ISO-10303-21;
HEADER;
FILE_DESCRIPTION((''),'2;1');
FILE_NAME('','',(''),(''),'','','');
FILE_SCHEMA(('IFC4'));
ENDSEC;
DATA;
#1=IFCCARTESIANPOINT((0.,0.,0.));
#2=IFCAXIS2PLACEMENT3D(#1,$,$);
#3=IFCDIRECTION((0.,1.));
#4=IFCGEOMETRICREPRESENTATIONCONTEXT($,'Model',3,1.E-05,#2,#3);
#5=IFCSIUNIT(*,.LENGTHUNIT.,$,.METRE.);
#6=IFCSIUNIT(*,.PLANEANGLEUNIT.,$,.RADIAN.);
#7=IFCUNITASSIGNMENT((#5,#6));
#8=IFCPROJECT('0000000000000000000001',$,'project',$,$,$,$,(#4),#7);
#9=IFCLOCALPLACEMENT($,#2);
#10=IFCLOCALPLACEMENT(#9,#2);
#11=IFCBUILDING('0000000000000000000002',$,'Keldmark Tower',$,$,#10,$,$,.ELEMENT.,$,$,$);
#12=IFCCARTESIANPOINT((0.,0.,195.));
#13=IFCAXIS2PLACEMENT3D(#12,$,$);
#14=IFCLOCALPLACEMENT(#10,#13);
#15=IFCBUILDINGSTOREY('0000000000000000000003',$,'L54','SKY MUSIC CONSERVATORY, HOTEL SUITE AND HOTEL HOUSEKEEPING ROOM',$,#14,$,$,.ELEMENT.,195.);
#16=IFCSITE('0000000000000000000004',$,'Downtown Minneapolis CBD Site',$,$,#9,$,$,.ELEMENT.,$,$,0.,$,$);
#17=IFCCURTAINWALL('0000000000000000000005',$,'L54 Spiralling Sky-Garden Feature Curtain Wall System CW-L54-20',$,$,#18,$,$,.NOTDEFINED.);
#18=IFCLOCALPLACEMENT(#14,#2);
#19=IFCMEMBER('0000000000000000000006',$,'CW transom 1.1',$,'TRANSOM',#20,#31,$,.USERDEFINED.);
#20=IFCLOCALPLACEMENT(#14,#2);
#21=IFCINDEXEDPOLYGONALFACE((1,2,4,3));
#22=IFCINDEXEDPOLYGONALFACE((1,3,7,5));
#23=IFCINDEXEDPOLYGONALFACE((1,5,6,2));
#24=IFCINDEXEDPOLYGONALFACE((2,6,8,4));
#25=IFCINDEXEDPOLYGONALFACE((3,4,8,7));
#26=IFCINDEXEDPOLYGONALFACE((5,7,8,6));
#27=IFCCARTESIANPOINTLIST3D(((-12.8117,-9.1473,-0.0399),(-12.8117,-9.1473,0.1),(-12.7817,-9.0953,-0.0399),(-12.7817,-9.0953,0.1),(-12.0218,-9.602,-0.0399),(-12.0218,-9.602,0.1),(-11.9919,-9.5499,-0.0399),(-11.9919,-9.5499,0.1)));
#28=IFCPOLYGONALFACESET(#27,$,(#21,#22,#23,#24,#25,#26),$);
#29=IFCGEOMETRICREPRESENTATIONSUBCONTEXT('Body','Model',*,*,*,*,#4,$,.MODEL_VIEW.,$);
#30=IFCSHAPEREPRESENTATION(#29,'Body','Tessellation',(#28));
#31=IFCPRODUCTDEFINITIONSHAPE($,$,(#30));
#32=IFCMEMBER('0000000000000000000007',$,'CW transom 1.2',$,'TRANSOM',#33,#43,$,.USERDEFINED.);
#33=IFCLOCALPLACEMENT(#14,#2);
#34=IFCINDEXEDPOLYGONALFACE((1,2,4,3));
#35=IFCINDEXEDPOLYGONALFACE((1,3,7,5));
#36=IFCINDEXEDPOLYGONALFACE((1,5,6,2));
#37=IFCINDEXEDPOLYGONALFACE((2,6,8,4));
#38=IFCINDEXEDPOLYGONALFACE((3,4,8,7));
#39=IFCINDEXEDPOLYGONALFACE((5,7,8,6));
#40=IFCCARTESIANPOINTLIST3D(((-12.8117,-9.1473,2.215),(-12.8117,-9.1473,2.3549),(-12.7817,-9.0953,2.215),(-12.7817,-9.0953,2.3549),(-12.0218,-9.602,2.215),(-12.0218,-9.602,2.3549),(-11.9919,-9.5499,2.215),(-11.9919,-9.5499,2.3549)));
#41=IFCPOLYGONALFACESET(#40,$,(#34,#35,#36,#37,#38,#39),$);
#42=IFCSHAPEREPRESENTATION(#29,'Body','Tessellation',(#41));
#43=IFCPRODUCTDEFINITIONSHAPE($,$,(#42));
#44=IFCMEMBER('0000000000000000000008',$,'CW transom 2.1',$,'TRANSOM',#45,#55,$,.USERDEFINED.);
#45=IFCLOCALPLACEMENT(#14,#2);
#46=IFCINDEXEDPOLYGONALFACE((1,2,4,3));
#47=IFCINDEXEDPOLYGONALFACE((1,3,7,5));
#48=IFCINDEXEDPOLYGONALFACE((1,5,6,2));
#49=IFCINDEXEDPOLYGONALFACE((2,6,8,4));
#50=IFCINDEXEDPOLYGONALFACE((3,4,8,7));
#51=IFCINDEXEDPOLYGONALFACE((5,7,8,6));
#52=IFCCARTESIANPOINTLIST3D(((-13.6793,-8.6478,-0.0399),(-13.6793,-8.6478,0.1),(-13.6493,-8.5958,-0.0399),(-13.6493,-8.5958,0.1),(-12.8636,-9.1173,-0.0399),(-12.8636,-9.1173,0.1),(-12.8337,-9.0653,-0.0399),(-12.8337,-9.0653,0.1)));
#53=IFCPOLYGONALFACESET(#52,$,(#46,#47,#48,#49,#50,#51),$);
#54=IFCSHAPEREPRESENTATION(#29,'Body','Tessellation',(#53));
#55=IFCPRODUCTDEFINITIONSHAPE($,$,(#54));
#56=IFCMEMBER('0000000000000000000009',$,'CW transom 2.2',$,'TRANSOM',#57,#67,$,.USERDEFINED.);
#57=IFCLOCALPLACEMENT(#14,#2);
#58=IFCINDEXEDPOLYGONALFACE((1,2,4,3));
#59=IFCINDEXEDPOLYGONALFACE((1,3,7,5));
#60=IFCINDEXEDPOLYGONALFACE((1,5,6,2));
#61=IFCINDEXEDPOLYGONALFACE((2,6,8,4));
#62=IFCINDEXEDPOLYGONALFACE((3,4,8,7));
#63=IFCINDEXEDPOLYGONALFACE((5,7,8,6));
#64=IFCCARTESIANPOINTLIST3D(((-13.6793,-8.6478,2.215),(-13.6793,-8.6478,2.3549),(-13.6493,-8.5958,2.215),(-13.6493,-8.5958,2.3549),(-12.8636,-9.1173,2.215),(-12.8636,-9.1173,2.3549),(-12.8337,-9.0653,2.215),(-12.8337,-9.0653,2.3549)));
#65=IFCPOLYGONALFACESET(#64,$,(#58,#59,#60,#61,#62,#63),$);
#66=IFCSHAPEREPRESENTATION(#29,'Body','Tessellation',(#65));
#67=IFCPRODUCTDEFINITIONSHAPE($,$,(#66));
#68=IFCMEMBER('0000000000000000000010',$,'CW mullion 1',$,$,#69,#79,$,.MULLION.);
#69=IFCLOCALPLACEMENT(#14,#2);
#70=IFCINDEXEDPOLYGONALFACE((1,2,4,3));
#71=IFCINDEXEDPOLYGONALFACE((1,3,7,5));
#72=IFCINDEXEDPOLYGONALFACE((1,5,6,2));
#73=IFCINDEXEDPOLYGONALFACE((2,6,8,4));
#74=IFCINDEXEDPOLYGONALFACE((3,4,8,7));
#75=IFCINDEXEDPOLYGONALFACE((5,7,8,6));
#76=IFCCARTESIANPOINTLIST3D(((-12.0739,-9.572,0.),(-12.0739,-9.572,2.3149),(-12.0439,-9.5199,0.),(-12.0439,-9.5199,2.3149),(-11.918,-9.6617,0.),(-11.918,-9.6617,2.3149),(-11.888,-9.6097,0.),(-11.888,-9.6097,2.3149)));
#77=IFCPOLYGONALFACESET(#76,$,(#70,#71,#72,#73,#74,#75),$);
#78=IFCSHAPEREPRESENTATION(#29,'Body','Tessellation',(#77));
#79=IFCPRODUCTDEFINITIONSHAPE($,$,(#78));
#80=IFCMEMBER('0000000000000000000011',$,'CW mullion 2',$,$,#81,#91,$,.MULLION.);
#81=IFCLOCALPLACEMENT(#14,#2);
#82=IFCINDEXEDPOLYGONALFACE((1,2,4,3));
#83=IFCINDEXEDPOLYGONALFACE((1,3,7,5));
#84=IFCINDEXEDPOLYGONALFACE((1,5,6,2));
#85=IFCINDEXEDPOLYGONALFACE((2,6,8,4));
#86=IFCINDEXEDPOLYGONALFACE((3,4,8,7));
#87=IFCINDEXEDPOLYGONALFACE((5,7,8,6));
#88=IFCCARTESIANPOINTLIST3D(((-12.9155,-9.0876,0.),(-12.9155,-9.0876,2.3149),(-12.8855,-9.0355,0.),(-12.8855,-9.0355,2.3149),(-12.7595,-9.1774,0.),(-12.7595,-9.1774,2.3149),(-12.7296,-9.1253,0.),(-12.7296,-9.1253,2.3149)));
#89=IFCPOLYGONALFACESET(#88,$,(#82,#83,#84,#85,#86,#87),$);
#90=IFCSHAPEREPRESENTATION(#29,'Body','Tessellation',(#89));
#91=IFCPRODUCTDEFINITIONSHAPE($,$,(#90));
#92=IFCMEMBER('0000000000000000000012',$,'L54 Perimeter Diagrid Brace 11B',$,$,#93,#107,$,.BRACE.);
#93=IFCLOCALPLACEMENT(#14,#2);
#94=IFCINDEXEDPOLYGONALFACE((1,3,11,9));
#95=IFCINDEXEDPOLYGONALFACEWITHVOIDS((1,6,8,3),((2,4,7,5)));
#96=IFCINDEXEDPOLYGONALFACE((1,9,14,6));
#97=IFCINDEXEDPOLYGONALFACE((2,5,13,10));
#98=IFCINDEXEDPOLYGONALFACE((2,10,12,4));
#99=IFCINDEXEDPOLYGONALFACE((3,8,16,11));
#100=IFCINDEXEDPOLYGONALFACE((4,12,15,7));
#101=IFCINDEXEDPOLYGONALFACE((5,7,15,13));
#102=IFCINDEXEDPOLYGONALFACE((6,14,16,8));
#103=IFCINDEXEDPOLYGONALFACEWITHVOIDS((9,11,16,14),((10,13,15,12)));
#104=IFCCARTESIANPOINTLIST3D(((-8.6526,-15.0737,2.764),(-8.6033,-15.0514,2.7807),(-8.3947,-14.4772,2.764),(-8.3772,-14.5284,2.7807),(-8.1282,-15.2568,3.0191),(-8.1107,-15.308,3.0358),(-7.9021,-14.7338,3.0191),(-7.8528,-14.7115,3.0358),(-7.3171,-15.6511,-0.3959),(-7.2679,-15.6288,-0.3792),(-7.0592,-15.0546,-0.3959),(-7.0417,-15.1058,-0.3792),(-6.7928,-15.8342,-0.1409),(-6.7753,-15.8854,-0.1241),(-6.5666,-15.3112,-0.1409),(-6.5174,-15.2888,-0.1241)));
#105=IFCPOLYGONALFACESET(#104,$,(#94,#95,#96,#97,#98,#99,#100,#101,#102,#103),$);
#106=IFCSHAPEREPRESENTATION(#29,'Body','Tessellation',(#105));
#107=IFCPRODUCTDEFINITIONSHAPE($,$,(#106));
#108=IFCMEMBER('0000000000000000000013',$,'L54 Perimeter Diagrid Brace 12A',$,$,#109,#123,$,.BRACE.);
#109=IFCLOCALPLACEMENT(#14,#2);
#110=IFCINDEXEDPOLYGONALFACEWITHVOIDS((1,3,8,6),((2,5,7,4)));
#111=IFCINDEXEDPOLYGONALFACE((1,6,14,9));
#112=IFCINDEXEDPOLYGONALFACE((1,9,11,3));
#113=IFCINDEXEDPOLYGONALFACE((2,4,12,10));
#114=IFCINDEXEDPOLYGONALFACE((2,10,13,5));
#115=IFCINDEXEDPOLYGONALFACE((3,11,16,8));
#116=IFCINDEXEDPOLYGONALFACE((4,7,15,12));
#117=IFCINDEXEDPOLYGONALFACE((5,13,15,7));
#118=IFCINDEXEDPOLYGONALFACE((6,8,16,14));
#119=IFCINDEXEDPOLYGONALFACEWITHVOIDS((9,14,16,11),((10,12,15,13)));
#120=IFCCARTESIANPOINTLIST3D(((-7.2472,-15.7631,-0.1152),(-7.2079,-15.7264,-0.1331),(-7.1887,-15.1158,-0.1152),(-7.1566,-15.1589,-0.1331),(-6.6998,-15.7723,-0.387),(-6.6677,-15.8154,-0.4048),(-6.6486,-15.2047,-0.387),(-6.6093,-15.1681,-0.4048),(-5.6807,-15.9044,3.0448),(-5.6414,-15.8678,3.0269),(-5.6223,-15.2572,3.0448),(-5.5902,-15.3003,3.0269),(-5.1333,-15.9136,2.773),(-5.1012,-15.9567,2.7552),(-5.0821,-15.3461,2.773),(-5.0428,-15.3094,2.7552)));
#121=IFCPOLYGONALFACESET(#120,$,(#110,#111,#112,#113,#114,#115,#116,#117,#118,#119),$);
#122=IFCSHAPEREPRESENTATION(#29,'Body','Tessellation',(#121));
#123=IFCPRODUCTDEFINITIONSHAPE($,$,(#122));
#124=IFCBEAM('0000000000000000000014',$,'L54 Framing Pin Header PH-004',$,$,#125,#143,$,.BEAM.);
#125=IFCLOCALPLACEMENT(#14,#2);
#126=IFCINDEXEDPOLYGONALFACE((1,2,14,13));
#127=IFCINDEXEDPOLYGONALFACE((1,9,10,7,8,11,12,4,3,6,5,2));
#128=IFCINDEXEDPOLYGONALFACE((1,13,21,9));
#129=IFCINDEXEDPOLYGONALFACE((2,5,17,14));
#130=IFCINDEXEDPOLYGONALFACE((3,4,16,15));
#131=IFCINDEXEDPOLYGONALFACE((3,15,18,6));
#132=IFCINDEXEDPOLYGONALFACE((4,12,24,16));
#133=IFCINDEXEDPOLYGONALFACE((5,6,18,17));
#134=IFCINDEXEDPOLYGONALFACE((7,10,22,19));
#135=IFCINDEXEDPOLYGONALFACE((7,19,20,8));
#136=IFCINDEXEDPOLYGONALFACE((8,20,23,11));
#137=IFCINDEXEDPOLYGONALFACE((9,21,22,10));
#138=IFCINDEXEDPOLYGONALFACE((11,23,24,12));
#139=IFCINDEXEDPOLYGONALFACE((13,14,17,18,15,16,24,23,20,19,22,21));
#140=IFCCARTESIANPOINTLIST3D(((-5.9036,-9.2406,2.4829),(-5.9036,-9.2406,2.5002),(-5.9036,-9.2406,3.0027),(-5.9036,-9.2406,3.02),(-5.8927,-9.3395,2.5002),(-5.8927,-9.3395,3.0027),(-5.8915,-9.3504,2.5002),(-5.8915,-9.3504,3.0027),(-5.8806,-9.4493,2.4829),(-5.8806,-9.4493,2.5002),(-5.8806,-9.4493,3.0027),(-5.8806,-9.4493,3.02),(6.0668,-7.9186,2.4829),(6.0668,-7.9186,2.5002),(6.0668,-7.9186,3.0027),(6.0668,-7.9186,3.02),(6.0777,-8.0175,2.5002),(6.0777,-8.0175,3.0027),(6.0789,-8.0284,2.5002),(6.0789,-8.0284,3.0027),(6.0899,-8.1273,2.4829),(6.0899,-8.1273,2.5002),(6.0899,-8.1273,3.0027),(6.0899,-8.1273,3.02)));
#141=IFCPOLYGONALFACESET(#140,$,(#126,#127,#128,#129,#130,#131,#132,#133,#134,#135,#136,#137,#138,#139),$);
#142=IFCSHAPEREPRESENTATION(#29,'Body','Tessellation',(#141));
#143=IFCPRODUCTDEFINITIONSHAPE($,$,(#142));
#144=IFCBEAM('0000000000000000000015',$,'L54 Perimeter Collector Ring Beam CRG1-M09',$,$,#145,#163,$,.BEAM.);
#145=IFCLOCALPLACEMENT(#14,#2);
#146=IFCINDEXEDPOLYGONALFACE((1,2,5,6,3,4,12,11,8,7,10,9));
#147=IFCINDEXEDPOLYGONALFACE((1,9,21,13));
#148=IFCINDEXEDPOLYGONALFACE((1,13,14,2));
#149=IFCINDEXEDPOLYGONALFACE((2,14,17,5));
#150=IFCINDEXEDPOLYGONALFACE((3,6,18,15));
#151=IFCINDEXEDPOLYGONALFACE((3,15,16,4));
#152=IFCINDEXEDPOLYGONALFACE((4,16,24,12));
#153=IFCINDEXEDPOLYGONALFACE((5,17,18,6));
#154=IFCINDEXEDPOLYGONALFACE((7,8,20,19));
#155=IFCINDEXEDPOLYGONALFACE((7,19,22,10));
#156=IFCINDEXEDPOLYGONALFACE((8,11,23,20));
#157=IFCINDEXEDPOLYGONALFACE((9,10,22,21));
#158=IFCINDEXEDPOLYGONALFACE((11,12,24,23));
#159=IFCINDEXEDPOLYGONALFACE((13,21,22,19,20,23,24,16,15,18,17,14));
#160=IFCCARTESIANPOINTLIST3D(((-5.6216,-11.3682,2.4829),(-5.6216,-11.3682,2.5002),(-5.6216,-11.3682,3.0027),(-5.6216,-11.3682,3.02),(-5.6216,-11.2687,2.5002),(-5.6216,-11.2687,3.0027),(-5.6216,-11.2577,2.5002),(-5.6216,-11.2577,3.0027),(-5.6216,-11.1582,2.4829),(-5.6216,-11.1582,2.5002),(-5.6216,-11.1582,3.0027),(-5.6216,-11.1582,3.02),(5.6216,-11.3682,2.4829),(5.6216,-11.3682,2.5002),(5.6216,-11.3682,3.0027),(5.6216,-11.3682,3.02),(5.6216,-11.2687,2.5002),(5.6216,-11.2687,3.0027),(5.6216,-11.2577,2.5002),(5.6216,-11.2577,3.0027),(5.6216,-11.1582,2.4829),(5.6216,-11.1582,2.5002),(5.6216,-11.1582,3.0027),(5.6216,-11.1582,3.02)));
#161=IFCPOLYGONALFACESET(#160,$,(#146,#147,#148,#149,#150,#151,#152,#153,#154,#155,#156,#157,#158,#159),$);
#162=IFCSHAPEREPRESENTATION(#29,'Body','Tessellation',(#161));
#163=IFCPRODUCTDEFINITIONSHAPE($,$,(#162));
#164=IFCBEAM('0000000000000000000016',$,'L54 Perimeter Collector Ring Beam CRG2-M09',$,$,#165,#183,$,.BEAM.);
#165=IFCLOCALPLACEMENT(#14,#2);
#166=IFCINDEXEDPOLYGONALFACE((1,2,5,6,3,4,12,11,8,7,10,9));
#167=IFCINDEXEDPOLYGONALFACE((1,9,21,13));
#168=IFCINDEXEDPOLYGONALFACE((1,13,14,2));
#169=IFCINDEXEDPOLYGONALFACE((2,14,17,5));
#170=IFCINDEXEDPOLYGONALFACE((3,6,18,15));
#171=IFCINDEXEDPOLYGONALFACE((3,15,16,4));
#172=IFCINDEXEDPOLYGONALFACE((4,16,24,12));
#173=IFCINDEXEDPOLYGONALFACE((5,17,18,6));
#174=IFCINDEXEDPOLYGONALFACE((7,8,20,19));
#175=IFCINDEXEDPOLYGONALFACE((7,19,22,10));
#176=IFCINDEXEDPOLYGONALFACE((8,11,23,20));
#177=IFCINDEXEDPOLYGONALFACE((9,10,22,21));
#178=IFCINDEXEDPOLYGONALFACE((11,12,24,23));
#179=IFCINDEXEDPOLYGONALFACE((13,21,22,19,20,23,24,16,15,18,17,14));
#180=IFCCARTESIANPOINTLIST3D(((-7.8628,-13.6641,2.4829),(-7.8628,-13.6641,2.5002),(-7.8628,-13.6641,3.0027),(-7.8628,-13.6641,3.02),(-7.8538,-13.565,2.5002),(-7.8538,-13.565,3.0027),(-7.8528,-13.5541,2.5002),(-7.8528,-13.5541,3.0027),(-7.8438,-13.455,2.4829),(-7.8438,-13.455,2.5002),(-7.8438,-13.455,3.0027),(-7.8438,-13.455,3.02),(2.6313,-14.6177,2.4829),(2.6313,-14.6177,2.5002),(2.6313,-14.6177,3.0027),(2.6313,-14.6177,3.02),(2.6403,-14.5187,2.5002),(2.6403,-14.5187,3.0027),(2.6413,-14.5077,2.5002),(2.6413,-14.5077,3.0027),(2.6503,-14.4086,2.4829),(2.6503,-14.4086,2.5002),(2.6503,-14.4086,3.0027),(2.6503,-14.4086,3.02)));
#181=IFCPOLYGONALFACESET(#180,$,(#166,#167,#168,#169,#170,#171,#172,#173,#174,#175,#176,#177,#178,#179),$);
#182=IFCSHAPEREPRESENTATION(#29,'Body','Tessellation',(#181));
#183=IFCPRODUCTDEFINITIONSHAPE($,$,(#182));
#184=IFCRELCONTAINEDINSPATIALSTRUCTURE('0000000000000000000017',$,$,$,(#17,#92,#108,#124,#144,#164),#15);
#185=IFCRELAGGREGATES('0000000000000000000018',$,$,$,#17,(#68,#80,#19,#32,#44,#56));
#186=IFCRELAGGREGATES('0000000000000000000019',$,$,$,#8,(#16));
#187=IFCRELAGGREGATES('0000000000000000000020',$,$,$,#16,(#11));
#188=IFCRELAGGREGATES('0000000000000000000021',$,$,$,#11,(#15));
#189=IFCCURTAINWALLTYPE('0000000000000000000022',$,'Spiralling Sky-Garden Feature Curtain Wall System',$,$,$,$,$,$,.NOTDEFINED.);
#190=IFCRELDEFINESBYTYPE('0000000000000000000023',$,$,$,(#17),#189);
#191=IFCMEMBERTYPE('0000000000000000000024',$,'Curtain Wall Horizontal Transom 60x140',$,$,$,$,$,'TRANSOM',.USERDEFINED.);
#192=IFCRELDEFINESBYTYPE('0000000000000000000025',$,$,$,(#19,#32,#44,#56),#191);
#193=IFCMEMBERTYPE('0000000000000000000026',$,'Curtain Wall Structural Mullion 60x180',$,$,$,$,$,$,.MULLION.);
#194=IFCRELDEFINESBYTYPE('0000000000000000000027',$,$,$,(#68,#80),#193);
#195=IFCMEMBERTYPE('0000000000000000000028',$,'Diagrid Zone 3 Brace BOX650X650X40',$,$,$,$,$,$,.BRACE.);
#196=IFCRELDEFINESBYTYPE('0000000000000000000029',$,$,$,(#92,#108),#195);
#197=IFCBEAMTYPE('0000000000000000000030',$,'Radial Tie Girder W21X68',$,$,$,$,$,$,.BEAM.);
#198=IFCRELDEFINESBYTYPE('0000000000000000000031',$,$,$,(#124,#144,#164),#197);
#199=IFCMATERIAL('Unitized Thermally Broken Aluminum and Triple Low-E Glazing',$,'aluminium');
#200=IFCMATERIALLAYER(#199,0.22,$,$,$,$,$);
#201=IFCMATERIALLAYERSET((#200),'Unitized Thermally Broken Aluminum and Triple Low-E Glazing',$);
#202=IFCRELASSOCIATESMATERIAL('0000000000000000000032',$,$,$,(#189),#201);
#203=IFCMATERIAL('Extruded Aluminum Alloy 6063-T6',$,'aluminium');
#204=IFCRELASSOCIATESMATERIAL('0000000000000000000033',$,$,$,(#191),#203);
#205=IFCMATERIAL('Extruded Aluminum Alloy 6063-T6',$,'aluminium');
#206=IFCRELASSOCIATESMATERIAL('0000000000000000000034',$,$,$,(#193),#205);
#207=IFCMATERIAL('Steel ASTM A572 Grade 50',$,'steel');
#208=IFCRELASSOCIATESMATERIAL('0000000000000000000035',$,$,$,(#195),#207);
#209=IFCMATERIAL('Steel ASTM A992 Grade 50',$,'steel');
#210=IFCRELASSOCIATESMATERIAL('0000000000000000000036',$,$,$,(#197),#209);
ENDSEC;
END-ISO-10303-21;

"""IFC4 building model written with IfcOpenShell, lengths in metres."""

from ifc_helpers import new_model, si_unit, direction, frame, origin, origin_2d, place, context, subcontext, project, spatial, rectangle, hollow_rectangle, i_section, extrude, material, layer, layer_set, material_profile, profile_set, type_object, element, aggregate, save


model = new_model("IFC4")

# Units and contexts
model_context = context("Model", 3, precision=1e-05, world=origin(), true_north=direction((0.0, 1.0)))
body_context = subcontext(model_context, "Body", "Model", "MODEL_VIEW")
ifc_project = project(units=[si_unit("LENGTHUNIT", "METRE"), si_unit("PLANEANGLEUNIT", "RADIAN")], contexts=[model_context])

# Site, building, storey
site_placement = place(None, origin())
site = spatial("IfcSite", under=ifc_project, at=site_placement, Name="Downtown Minneapolis CBD Site", CompositionType="ELEMENT", RefElevation=0.0)
building_placement = place(site_placement, origin())
building = spatial("IfcBuilding", under=site, at=building_placement, Name="Keldmark Tower", CompositionType="ELEMENT")
storey_placement = place(building_placement, frame((0.0, 0.0, 195.0)))
storey = spatial("IfcBuildingStorey", under=building, at=storey_placement, Name="L54", Description="SKY MUSIC CONSERVATORY, HOTEL SUITE AND HOTEL HOUSEKEEPING ROOM", CompositionType="ELEMENT", Elevation=195.0)

# Curtain wall, members
ifc_material_1 = material(Name="Unitized Thermally Broken Aluminum and Triple Low-E Glazing", Category="aluminium")
ifc_layer_1 = layer(ifc_material_1, 0.22)
ifc_layer_set_1 = layer_set([ifc_layer_1], Name="Unitized Thermally Broken Aluminum and Triple Low-E Glazing")
curtain_wall_type = type_object("IfcCurtainWallType", Name="Spiralling Sky-Garden Feature Curtain Wall System", PredefinedType="NOTDEFINED", material=ifc_layer_set_1)
curtain_wall_placement = place(storey_placement, origin())
curtain_wall = element("IfcCurtainWall", 1, at=curtain_wall_placement, inside=storey, type_object=curtain_wall_type, Name="L54 Spiralling Sky-Garden Feature Curtain Wall System CW-L54-20", PredefinedType="NOTDEFINED")
ifc_material_2 = material(Name="Extruded Aluminum Alloy 6063-T6", Category="aluminium")
ifc_material_profile_1 = material_profile(ifc_material_2, rectangle(XDim=0.0601, YDim=0.1399, at=origin_2d()), Name="CWT60X140")
ifc_profile_set_1 = profile_set([ifc_material_profile_1], Name="Extruded Aluminum Alloy 6063-T6")
member_type_1 = type_object("IfcMemberType", Name="Curtain Wall Horizontal Transom 60x140", ElementType="TRANSOM", PredefinedType="USERDEFINED", material=ifc_profile_set_1)
member_1_placement = place(storey_placement, frame((-12.0068, -9.5759, 0.03), z_axis=(-0.866689, 0.498849, 0.0), x_axis=(-0.498849, -0.866689, 0.0)))
member_1 = element("IfcMember", 2, at=member_1_placement, type_object=member_type_1, Name="CW transom 1.1", ObjectType="TRANSOM", PredefinedType="USERDEFINED", context=body_context, shape_type="SweptSolid", body=[
    extrude(rectangle(XDim=0.0601, YDim=0.1399, at=origin_2d()), origin(), (0.0, 0.0, 1.0), 0.9114),
])
member_2_placement = place(storey_placement, frame((-12.0068, -9.5759, 2.2849), z_axis=(-0.866689, 0.498849, 0.0), x_axis=(-0.498849, -0.866689, 0.0)))
member_2 = element("IfcMember", 3, at=member_2_placement, type_object=member_type_1, Name="CW transom 1.2", ObjectType="TRANSOM", PredefinedType="USERDEFINED", context=body_context, shape_type="SweptSolid", body=[
    extrude(rectangle(XDim=0.0601, YDim=0.1399, at=origin_2d()), origin(), (0.0, 0.0, 1.0), 0.9114),
])
member_3_placement = place(storey_placement, frame((-12.8486, -9.0913, 0.03), z_axis=(-0.86669, 0.498846, 0.0), x_axis=(-0.498846, -0.86669, 0.0)))
member_3 = element("IfcMember", 4, at=member_3_placement, type_object=member_type_1, Name="CW transom 2.1", ObjectType="TRANSOM", PredefinedType="USERDEFINED", context=body_context, shape_type="SweptSolid", body=[
    extrude(rectangle(XDim=0.0601, YDim=0.1399, at=origin_2d()), origin(), (0.0, 0.0, 1.0), 0.9412),
])
member_4_placement = place(storey_placement, frame((-12.8486, -9.0913, 2.2849), z_axis=(-0.86669, 0.498846, 0.0), x_axis=(-0.498846, -0.86669, 0.0)))
member_4 = element("IfcMember", 5, at=member_4_placement, type_object=member_type_1, Name="CW transom 2.2", ObjectType="TRANSOM", PredefinedType="USERDEFINED", context=body_context, shape_type="SweptSolid", body=[
    extrude(rectangle(XDim=0.0601, YDim=0.1399, at=origin_2d()), origin(), (0.0, 0.0, 1.0), 0.9412),
])
ifc_material_3 = material(Name="Extruded Aluminum Alloy 6063-T6", Category="aluminium")
ifc_material_profile_2 = material_profile(ifc_material_3, rectangle(XDim=0.0601, YDim=0.1799, at=origin_2d()), Name="CWM60X180")
ifc_profile_set_2 = profile_set([ifc_material_profile_2], Name="Extruded Aluminum Alloy 6063-T6")
member_type_2 = type_object("IfcMemberType", Name="Curtain Wall Structural Mullion 60x180", PredefinedType="MULLION", material=ifc_profile_set_2)
member_5_placement = place(storey_placement, frame((-11.981, -9.5908, 0.0), z_axis=(0.0, 0.0, 1.0), x_axis=(-0.498851, -0.866688, 0.0)))
member_5 = element("IfcMember", 6, at=member_5_placement, type_object=member_type_2, Name="CW mullion 1", PredefinedType="MULLION", context=body_context, shape_type="SweptSolid", body=[
    extrude(rectangle(XDim=0.0601, YDim=0.1799, at=origin_2d()), origin(), (0.0, 0.0, 1.0), 2.3149),
])
member_6_placement = place(storey_placement, frame((-12.8225, -9.1064, 0.0), z_axis=(0.0, 0.0, 1.0), x_axis=(-0.498851, -0.866688, 0.0)))
member_6 = element("IfcMember", 7, at=member_6_placement, type_object=member_type_2, Name="CW mullion 2", PredefinedType="MULLION", context=body_context, shape_type="SweptSolid", body=[
    extrude(rectangle(XDim=0.0601, YDim=0.1799, at=origin_2d()), origin(), (0.0, 0.0, 1.0), 2.3149),
])

# Members
ifc_material_4 = material(Name="Steel ASTM A572 Grade 50", Category="steel")
ifc_material_profile_3 = material_profile(ifc_material_4, hollow_rectangle(XDim=0.6499, YDim=0.6499, WallThickness=0.04, at=origin_2d()), Name="BOX650X650X40")
ifc_profile_set_3 = profile_set([ifc_material_profile_3], Name="Steel ASTM A572 Grade 50")
member_type_3 = type_object("IfcMemberType", Name="Diagrid Zone 3 Brace BOX650X650X40", PredefinedType="BRACE", material=ifc_profile_set_3)
member_7_placement = place(storey_placement, frame((-6.9172, -15.47, -0.26), z_axis=(-0.383885, 0.165976, 0.908341), x_axis=(-0.396854, -0.917882, 0.0)))
element("IfcMember", 8, at=member_7_placement, inside=storey, type_object=member_type_3, Name="L54 Perimeter Diagrid Brace 11B", PredefinedType="BRACE", context=body_context, shape_type="SweptSolid", body=[
    extrude(hollow_rectangle(XDim=0.6499, YDim=0.6499, WallThickness=0.04, at=origin_2d()), origin(), (0.0, 0.0, 1.0), 3.4788),
])
member_8_placement = place(storey_placement, frame((-6.9282, -15.4656, -0.26), z_axis=(0.443781, -0.040048, 0.89524), x_axis=(0.089878, 0.995953, 0.0)))
element("IfcMember", 9, at=member_8_placement, inside=storey, type_object=member_type_3, Name="L54 Perimeter Diagrid Brace 12A", PredefinedType="BRACE", context=body_context, shape_type="SweptSolid", body=[
    extrude(hollow_rectangle(XDim=0.6499, YDim=0.6499, WallThickness=0.04, at=origin_2d()), origin(), (0.0, 0.0, 1.0), 3.5298),
])

# Beams
ifc_material_5 = material(Name="Steel ASTM A992 Grade 50", Category="steel")
ifc_material_profile_4 = material_profile(ifc_material_5, i_section(OverallWidth=0.21, OverallDepth=0.5371, WebThickness=0.011, FlangeThickness=0.0173, at=origin_2d()), Name="W21X68")
ifc_profile_set_4 = profile_set([ifc_material_profile_4], Name="Steel ASTM A992 Grade 50")
beam_type_1 = type_object("IfcBeamType", Name="Radial Tie Girder W21X68", PredefinedType="BEAM", material=ifc_profile_set_4)
beam_1_placement = place(storey_placement, frame((-5.8921, -9.345, 2.7515), z_axis=(0.993957, 0.109773, 0.0), x_axis=(-0.109773, 0.993957, 0.0)))
element("IfcBeam", 10, at=beam_1_placement, inside=storey, type_object=beam_type_1, Name="L54 Framing Pin Header PH-004", PredefinedType="BEAM", context=body_context, shape_type="SweptSolid", body=[
    extrude(i_section(OverallWidth=0.21, OverallDepth=0.5371, WebThickness=0.011, FlangeThickness=0.0173, at=origin_2d()), origin(), (0.0, 0.0, 1.0), 12.0432),
])
beam_2_placement = place(storey_placement, frame((-5.6216, -11.2632, 2.7515), z_axis=(1.0, 0.0, 0.0), x_axis=(0.0, 1.0, 0.0)))
element("IfcBeam", 11, at=beam_2_placement, inside=storey, type_object=beam_type_1, Name="L54 Perimeter Collector Ring Beam CRG1-M09", PredefinedType="BEAM", context=body_context, shape_type="SweptSolid", body=[
    extrude(i_section(OverallWidth=0.21, OverallDepth=0.5371, WebThickness=0.011, FlangeThickness=0.0173, at=origin_2d()), origin(), (0.0, 0.0, 1.0), 11.2432),
])
beam_3_placement = place(storey_placement, frame((-7.8533, -13.5596, 2.7515), z_axis=(0.995897, -0.090498, 0.0), x_axis=(0.090498, 0.995897, 0.0)))
element("IfcBeam", 12, at=beam_3_placement, inside=storey, type_object=beam_type_1, Name="L54 Perimeter Collector Ring Beam CRG2-M09", PredefinedType="BEAM", context=body_context, shape_type="SweptSolid", body=[
    extrude(i_section(OverallWidth=0.21, OverallDepth=0.5371, WebThickness=0.011, FlangeThickness=0.0173, at=origin_2d()), origin(), (0.0, 0.0, 1.0), 10.5374),
])

aggregate(curtain_wall, [member_5, member_6, member_1, member_2, member_3, member_4])

save(model, "model.ifc")
